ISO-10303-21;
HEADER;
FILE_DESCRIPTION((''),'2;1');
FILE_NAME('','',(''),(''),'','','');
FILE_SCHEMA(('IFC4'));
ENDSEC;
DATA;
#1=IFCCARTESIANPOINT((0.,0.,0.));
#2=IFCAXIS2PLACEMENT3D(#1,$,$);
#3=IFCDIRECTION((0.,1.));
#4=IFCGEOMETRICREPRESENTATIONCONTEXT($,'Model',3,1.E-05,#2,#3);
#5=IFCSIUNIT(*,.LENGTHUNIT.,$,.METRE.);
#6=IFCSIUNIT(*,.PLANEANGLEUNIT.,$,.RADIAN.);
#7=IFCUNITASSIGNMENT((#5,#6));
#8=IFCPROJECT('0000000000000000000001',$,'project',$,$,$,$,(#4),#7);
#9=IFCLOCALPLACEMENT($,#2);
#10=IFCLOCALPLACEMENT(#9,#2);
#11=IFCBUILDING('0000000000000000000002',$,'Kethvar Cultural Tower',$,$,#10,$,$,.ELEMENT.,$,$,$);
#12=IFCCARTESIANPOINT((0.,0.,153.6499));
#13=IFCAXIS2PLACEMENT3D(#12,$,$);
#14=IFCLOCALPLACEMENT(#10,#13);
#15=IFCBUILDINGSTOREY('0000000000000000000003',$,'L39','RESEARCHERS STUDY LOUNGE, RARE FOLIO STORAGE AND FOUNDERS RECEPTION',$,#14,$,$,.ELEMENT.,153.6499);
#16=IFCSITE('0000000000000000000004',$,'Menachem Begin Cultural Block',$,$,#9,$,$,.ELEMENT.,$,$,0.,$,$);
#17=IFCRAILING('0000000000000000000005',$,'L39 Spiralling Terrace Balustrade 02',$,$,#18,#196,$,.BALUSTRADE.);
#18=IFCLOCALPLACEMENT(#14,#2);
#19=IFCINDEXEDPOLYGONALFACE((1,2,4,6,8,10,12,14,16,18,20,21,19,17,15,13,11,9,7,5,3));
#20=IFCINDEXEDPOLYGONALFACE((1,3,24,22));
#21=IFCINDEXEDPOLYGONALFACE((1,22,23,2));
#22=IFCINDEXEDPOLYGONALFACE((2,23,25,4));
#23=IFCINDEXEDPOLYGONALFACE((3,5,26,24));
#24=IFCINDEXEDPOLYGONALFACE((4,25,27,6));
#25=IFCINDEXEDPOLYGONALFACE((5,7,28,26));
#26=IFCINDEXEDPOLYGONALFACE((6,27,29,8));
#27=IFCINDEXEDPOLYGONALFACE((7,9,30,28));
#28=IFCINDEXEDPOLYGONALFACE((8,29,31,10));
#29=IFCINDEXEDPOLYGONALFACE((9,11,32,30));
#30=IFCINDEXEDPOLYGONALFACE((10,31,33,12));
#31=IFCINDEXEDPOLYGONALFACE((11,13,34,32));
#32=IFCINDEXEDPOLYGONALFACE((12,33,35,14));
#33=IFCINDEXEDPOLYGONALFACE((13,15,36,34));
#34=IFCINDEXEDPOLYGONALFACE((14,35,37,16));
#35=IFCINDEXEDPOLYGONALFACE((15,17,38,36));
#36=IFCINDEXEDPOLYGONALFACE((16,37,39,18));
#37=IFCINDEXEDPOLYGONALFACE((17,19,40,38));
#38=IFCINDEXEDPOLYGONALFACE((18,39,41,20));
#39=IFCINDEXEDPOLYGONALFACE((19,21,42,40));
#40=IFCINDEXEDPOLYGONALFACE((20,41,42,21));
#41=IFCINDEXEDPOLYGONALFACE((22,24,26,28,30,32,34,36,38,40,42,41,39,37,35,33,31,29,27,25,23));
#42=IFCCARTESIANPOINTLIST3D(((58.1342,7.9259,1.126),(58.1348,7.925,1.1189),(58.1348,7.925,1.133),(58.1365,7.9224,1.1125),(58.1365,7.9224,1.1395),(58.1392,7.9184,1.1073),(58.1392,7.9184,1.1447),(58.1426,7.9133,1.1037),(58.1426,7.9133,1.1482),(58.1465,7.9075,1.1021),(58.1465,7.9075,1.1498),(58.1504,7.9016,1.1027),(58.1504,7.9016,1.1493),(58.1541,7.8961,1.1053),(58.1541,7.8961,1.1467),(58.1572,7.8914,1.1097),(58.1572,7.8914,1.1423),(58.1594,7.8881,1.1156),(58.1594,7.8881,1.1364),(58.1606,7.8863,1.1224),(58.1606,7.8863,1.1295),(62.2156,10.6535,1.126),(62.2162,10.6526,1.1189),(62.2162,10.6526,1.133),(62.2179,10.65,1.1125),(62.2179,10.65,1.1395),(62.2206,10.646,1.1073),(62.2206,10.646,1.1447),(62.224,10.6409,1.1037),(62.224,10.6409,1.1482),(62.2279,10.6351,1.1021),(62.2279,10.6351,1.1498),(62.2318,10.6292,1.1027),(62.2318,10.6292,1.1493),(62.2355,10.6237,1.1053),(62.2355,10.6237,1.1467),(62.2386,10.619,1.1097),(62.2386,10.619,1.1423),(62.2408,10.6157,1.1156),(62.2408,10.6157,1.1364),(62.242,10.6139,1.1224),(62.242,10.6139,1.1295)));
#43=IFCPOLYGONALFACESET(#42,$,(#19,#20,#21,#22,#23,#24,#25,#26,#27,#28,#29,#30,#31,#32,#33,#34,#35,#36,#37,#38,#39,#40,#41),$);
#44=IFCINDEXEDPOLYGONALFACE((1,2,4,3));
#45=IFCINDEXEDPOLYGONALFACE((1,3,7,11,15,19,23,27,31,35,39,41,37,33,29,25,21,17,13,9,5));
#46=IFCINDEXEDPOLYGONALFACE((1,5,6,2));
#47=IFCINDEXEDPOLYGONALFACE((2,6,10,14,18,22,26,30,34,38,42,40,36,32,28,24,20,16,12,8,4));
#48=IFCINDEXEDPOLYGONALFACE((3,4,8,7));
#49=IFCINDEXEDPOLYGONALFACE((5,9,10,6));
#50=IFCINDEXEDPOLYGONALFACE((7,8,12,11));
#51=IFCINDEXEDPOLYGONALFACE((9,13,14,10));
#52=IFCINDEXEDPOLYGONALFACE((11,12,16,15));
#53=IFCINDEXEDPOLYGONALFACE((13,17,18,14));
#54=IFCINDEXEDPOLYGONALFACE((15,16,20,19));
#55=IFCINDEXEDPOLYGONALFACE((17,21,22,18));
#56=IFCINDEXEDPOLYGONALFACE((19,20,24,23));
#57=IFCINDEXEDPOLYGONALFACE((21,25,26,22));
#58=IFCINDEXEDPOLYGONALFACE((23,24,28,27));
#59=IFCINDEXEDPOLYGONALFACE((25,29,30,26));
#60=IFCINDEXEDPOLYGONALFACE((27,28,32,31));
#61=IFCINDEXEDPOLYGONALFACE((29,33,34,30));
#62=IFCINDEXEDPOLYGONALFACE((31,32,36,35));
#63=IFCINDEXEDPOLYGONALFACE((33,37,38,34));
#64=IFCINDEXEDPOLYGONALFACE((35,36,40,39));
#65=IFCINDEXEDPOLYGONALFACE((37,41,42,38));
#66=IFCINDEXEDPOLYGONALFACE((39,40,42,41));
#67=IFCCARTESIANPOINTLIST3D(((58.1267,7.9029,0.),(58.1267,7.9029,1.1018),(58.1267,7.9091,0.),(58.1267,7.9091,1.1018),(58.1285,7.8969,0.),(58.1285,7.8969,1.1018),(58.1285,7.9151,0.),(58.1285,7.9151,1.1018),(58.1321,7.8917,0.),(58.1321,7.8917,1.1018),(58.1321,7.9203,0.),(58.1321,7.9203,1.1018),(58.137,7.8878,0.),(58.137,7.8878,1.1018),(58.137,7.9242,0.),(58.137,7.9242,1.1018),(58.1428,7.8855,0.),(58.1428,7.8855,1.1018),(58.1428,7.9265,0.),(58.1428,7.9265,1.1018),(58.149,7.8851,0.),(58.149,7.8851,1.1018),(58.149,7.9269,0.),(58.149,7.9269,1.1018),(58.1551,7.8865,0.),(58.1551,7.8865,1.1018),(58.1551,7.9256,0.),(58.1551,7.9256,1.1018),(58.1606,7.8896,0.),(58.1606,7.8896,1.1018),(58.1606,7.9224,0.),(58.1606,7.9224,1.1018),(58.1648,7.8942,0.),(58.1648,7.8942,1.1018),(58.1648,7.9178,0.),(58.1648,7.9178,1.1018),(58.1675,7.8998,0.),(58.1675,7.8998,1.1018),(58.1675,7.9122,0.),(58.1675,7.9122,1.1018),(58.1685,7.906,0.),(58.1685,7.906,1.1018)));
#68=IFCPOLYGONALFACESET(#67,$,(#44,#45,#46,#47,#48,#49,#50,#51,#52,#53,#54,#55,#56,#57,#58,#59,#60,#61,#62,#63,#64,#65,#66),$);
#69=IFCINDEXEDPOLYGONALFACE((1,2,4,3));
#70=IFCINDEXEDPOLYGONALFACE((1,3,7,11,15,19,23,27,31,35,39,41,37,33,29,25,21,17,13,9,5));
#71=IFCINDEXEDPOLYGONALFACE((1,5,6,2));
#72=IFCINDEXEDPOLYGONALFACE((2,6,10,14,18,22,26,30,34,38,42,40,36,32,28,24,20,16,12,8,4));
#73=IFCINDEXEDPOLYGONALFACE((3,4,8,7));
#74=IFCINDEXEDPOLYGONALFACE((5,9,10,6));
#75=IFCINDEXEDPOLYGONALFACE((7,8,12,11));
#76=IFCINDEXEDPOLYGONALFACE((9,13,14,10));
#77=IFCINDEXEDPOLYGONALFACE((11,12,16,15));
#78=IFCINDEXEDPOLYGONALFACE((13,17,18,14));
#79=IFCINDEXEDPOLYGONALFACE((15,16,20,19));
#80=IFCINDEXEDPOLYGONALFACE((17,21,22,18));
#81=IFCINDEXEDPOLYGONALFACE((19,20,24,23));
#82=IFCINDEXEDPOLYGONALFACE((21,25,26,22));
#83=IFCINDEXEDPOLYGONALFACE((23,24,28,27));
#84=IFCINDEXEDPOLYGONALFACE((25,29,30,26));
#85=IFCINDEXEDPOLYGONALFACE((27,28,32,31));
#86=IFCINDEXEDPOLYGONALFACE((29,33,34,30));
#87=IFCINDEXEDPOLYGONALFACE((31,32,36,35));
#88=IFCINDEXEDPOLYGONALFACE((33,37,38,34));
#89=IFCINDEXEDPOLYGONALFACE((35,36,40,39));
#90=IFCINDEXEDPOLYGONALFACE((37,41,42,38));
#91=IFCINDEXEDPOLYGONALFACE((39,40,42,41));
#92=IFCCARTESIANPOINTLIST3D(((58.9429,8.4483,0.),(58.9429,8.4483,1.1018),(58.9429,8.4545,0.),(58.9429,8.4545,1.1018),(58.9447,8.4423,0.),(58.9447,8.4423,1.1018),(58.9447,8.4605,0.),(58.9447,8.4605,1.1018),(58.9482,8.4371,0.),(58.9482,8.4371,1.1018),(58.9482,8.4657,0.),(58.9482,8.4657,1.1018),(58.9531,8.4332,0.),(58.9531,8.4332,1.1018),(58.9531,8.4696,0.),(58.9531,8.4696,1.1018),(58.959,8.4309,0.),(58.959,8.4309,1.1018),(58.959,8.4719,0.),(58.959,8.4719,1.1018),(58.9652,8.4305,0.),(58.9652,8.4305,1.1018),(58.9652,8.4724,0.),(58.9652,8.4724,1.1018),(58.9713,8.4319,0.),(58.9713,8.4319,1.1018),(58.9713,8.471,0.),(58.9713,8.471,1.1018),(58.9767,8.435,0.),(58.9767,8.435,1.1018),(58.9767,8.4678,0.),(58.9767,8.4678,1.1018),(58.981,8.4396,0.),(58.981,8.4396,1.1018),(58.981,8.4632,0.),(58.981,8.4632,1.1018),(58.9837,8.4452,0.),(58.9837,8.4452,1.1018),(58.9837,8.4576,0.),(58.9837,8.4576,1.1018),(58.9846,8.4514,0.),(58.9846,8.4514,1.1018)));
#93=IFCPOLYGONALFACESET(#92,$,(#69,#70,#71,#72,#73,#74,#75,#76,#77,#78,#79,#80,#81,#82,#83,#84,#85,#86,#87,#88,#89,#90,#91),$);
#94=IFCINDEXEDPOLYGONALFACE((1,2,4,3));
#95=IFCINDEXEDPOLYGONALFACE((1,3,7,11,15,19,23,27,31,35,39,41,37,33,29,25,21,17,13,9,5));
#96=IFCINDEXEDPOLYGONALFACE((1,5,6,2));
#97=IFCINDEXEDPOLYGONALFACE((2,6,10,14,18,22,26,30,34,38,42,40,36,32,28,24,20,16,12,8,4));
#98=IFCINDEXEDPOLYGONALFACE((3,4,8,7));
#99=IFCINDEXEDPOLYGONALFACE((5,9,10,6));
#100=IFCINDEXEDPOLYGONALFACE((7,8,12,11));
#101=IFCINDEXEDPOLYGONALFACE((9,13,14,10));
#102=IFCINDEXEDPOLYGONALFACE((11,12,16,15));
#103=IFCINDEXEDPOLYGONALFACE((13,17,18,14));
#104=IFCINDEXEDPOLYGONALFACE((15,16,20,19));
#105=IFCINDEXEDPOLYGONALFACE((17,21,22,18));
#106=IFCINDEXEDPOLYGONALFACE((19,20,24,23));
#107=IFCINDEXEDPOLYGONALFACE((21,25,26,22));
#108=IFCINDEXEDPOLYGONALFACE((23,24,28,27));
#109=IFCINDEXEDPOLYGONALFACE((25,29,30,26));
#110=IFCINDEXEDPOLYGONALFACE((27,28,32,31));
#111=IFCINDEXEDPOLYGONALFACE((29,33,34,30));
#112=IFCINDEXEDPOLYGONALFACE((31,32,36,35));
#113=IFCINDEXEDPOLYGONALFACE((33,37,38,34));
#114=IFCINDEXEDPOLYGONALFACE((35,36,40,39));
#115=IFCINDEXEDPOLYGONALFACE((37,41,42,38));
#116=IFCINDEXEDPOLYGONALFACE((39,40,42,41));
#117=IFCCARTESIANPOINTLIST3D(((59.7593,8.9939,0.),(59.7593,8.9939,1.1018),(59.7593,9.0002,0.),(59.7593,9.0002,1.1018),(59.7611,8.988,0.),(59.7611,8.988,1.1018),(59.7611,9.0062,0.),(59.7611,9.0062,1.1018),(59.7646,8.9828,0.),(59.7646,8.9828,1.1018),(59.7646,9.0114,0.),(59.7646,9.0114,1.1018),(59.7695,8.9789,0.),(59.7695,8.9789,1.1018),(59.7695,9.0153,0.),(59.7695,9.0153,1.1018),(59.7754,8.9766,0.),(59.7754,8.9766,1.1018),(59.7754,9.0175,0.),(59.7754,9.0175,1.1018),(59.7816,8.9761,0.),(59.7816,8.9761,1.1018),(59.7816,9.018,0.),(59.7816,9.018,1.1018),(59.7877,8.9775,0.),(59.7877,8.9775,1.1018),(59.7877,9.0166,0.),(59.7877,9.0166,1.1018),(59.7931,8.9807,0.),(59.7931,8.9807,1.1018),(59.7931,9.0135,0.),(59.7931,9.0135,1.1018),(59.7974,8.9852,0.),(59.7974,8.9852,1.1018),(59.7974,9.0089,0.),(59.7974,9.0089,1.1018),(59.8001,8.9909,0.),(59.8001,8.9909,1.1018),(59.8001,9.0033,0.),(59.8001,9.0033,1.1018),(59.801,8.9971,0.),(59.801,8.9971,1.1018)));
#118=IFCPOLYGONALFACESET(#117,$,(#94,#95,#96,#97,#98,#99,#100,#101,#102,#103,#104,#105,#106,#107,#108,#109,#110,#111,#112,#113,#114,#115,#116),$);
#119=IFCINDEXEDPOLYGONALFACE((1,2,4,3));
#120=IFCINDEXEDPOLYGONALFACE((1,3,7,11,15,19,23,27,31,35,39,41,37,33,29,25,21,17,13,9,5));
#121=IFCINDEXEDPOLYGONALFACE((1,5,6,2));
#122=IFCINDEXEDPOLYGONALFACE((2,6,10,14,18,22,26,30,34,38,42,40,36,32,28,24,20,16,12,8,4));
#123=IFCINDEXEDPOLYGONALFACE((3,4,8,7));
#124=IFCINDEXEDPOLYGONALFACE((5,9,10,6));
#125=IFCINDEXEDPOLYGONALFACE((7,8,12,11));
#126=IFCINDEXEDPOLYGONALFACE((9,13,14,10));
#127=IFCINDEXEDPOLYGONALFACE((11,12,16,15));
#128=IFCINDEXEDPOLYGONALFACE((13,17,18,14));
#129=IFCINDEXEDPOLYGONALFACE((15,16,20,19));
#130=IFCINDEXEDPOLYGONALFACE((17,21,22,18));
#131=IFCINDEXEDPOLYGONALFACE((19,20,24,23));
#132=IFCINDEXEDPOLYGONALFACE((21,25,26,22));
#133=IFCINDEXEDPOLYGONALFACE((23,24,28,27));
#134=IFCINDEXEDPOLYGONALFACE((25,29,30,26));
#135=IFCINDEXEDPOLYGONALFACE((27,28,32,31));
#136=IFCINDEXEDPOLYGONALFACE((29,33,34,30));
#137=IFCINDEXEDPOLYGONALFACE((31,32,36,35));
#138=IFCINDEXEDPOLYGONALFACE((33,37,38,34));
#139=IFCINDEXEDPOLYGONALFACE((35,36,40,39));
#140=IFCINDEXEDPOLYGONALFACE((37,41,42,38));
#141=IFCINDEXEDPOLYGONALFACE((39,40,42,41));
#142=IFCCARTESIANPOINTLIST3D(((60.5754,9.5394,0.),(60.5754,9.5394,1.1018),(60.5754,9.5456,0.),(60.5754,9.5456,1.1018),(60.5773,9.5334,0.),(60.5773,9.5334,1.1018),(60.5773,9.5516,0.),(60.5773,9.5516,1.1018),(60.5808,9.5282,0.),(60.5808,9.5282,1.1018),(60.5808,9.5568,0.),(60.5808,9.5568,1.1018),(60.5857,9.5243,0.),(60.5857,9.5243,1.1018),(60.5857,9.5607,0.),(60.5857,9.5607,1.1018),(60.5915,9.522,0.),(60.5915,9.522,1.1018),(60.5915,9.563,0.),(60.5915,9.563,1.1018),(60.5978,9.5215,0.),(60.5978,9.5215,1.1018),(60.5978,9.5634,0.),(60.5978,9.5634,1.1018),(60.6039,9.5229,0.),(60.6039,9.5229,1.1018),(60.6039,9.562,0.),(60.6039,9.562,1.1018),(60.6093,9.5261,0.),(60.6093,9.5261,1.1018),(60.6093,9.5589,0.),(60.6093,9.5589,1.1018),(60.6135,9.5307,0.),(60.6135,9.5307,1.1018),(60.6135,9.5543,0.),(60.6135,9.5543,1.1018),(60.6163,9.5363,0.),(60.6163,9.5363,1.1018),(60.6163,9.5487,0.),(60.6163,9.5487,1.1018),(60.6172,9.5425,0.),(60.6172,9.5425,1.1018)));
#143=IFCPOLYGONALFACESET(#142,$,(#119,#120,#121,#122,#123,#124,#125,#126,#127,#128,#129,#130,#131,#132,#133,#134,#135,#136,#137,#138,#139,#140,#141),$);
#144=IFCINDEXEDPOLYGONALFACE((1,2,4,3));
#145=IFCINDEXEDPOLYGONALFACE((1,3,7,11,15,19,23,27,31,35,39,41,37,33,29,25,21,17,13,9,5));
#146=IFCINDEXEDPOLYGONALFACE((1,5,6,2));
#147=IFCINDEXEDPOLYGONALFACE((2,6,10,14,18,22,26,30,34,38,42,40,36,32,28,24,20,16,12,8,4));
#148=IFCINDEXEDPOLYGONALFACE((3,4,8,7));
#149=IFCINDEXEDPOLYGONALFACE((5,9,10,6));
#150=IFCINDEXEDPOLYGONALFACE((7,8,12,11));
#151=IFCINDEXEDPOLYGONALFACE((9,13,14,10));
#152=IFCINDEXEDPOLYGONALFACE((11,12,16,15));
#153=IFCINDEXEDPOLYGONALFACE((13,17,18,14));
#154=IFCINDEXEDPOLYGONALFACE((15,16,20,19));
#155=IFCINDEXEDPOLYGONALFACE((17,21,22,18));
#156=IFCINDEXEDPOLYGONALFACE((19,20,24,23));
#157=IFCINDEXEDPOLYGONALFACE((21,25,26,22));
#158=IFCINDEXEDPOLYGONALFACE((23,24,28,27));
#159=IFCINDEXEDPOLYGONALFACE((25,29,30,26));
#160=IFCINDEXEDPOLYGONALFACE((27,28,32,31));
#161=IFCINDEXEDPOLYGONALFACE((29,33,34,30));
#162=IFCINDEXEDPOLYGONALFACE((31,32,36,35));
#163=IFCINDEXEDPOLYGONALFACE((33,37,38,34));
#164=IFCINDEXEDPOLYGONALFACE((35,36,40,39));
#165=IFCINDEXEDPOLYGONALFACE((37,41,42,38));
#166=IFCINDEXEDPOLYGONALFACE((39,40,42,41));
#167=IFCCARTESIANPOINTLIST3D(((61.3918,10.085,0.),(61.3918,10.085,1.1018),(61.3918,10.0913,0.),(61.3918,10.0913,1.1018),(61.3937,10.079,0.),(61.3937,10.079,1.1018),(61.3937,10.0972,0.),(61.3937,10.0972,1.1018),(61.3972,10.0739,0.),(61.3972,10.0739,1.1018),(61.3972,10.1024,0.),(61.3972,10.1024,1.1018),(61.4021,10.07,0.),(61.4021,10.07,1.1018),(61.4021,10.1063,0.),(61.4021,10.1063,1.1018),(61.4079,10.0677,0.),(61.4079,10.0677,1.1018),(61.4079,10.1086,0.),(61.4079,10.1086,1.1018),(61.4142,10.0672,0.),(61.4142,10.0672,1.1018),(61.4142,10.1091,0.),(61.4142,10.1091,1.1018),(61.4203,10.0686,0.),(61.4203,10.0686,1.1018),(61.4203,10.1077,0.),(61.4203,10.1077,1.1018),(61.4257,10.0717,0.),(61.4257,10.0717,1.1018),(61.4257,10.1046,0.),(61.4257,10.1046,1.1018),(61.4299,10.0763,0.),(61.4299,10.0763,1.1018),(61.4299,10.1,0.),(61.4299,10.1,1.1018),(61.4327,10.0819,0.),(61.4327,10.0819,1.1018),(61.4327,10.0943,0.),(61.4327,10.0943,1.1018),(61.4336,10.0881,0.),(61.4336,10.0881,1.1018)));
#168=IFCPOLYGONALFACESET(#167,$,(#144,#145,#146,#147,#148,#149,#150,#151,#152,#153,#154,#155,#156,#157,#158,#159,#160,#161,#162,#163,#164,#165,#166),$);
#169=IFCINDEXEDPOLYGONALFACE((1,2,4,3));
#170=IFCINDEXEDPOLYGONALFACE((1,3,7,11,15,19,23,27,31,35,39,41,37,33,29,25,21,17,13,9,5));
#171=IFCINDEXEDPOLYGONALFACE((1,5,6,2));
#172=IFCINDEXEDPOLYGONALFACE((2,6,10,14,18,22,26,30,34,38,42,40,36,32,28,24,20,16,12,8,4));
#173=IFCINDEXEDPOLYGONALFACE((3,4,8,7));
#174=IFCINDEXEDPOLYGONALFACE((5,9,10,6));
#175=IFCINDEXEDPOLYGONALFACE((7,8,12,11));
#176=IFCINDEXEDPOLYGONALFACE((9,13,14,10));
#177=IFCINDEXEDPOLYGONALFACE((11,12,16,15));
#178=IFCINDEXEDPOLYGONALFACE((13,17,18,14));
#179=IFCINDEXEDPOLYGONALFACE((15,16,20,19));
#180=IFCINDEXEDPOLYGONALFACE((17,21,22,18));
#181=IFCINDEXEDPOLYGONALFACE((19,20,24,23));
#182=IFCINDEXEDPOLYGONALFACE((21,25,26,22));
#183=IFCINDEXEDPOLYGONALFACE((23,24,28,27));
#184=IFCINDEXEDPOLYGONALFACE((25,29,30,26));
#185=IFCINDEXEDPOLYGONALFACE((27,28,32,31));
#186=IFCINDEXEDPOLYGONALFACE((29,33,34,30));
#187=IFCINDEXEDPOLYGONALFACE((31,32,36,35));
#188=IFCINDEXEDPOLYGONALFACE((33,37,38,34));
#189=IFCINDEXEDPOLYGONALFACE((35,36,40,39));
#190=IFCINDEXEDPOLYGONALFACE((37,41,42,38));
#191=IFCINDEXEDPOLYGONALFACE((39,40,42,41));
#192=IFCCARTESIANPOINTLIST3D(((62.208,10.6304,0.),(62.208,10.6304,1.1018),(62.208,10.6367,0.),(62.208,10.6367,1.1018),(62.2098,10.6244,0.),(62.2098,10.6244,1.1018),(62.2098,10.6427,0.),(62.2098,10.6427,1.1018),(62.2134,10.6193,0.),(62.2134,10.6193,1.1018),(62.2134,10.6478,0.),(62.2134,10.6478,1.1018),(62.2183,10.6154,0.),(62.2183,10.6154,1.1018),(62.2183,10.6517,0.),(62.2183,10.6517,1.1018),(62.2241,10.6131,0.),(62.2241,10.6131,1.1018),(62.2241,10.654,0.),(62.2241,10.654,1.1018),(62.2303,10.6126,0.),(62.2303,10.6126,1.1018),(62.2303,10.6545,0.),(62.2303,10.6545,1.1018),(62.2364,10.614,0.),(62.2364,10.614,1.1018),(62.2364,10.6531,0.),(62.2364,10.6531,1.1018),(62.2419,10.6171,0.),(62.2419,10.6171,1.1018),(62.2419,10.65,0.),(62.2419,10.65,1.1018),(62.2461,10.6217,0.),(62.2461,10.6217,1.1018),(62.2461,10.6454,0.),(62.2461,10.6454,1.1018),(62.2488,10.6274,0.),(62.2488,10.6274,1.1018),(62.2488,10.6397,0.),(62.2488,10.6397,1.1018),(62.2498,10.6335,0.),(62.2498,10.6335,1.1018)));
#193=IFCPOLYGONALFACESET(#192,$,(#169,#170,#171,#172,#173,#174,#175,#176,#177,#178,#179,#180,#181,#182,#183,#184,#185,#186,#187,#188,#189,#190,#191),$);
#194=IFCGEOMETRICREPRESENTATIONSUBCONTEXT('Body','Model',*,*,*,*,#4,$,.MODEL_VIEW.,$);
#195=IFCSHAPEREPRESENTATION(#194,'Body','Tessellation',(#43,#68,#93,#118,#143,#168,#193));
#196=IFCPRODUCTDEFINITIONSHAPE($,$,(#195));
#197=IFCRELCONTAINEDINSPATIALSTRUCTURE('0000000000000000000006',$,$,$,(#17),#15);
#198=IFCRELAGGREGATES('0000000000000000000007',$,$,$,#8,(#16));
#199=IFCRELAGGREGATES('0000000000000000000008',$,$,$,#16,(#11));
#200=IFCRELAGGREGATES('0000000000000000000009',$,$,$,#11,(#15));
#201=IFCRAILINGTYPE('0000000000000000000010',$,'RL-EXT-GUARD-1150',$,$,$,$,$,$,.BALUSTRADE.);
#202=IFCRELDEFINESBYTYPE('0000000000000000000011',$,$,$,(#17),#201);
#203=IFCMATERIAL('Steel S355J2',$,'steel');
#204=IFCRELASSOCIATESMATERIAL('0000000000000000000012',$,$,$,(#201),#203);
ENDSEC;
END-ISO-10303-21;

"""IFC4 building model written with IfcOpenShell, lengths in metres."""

from ifc_helpers import new_model, si_unit, direction, frame, origin, origin_2d, place, context, subcontext, project, spatial, circle, extrude, material, type_object, element, save


model = new_model("IFC4")

# Units and contexts
model_context = context("Model", 3, precision=1e-05, world=origin(), true_north=direction((0.0, 1.0)))
body_context = subcontext(model_context, "Body", "Model", "MODEL_VIEW")
ifc_project = project(units=[si_unit("LENGTHUNIT", "METRE"), si_unit("PLANEANGLEUNIT", "RADIAN")], contexts=[model_context])

# Site, building, storey
site_placement = place(None, origin())
site = spatial("IfcSite", under=ifc_project, at=site_placement, Name="Menachem Begin Cultural Block", CompositionType="ELEMENT", RefElevation=0.0)
building_placement = place(site_placement, origin())
building = spatial("IfcBuilding", under=site, at=building_placement, Name="Kethvar Cultural Tower", CompositionType="ELEMENT")
storey_placement = place(building_placement, frame((0.0, 0.0, 153.6499)))
storey = spatial("IfcBuildingStorey", under=building, at=storey_placement, Name="L39", Description="RESEARCHERS STUDY LOUNGE, RARE FOLIO STORAGE AND FOUNDERS RECEPTION", CompositionType="ELEMENT", Elevation=153.6499)

# Shared definitions
ifc_material_1 = material(Name="Steel S355J2", Category="steel")

# Railing
railing_type = type_object("IfcRailingType", Name="RL-EXT-GUARD-1150", PredefinedType="BALUSTRADE", material=ifc_material_1)
railing_1_placement = place(storey_placement, frame((58.1475, 7.906, 0.0)))
element("IfcRailing", 1, at=railing_1_placement, inside=storey, type_object=railing_type, Name="L39 Spiralling Terrace Balustrade 02", PredefinedType="BALUSTRADE", context=body_context, shape_type="SweptSolid", body=[
    extrude(circle(Radius=0.0239, at=origin_2d()), frame((0.0, 0.0, 1.126), z_axis=(0.831422, 0.555641, 0.0), x_axis=(-0.555641, 0.831422, 0.0)), (0.0, 0.0, 1.0), 4.9089),
    extrude(circle(Radius=0.021, at=origin_2d()), origin(), (0.0, 0.0, 1.0), 1.1018),
    extrude(circle(Radius=0.021, at=origin_2d()), frame((0.8162, 0.5454, 0.0)), (0.0, 0.0, 1.0), 1.1018),
    extrude(circle(Radius=0.021, at=origin_2d()), frame((1.6326, 1.0911, 0.0)), (0.0, 0.0, 1.0), 1.1018),
    extrude(circle(Radius=0.021, at=origin_2d()), frame((2.4487, 1.6365, 0.0)), (0.0, 0.0, 1.0), 1.1018),
    extrude(circle(Radius=0.021, at=origin_2d()), frame((3.2651, 2.1821, 0.0)), (0.0, 0.0, 1.0), 1.1018),
    extrude(circle(Radius=0.021, at=origin_2d()), frame((4.0813, 2.7275, 0.0)), (0.0, 0.0, 1.0), 1.1018),
])

save(model, "model.ifc")
